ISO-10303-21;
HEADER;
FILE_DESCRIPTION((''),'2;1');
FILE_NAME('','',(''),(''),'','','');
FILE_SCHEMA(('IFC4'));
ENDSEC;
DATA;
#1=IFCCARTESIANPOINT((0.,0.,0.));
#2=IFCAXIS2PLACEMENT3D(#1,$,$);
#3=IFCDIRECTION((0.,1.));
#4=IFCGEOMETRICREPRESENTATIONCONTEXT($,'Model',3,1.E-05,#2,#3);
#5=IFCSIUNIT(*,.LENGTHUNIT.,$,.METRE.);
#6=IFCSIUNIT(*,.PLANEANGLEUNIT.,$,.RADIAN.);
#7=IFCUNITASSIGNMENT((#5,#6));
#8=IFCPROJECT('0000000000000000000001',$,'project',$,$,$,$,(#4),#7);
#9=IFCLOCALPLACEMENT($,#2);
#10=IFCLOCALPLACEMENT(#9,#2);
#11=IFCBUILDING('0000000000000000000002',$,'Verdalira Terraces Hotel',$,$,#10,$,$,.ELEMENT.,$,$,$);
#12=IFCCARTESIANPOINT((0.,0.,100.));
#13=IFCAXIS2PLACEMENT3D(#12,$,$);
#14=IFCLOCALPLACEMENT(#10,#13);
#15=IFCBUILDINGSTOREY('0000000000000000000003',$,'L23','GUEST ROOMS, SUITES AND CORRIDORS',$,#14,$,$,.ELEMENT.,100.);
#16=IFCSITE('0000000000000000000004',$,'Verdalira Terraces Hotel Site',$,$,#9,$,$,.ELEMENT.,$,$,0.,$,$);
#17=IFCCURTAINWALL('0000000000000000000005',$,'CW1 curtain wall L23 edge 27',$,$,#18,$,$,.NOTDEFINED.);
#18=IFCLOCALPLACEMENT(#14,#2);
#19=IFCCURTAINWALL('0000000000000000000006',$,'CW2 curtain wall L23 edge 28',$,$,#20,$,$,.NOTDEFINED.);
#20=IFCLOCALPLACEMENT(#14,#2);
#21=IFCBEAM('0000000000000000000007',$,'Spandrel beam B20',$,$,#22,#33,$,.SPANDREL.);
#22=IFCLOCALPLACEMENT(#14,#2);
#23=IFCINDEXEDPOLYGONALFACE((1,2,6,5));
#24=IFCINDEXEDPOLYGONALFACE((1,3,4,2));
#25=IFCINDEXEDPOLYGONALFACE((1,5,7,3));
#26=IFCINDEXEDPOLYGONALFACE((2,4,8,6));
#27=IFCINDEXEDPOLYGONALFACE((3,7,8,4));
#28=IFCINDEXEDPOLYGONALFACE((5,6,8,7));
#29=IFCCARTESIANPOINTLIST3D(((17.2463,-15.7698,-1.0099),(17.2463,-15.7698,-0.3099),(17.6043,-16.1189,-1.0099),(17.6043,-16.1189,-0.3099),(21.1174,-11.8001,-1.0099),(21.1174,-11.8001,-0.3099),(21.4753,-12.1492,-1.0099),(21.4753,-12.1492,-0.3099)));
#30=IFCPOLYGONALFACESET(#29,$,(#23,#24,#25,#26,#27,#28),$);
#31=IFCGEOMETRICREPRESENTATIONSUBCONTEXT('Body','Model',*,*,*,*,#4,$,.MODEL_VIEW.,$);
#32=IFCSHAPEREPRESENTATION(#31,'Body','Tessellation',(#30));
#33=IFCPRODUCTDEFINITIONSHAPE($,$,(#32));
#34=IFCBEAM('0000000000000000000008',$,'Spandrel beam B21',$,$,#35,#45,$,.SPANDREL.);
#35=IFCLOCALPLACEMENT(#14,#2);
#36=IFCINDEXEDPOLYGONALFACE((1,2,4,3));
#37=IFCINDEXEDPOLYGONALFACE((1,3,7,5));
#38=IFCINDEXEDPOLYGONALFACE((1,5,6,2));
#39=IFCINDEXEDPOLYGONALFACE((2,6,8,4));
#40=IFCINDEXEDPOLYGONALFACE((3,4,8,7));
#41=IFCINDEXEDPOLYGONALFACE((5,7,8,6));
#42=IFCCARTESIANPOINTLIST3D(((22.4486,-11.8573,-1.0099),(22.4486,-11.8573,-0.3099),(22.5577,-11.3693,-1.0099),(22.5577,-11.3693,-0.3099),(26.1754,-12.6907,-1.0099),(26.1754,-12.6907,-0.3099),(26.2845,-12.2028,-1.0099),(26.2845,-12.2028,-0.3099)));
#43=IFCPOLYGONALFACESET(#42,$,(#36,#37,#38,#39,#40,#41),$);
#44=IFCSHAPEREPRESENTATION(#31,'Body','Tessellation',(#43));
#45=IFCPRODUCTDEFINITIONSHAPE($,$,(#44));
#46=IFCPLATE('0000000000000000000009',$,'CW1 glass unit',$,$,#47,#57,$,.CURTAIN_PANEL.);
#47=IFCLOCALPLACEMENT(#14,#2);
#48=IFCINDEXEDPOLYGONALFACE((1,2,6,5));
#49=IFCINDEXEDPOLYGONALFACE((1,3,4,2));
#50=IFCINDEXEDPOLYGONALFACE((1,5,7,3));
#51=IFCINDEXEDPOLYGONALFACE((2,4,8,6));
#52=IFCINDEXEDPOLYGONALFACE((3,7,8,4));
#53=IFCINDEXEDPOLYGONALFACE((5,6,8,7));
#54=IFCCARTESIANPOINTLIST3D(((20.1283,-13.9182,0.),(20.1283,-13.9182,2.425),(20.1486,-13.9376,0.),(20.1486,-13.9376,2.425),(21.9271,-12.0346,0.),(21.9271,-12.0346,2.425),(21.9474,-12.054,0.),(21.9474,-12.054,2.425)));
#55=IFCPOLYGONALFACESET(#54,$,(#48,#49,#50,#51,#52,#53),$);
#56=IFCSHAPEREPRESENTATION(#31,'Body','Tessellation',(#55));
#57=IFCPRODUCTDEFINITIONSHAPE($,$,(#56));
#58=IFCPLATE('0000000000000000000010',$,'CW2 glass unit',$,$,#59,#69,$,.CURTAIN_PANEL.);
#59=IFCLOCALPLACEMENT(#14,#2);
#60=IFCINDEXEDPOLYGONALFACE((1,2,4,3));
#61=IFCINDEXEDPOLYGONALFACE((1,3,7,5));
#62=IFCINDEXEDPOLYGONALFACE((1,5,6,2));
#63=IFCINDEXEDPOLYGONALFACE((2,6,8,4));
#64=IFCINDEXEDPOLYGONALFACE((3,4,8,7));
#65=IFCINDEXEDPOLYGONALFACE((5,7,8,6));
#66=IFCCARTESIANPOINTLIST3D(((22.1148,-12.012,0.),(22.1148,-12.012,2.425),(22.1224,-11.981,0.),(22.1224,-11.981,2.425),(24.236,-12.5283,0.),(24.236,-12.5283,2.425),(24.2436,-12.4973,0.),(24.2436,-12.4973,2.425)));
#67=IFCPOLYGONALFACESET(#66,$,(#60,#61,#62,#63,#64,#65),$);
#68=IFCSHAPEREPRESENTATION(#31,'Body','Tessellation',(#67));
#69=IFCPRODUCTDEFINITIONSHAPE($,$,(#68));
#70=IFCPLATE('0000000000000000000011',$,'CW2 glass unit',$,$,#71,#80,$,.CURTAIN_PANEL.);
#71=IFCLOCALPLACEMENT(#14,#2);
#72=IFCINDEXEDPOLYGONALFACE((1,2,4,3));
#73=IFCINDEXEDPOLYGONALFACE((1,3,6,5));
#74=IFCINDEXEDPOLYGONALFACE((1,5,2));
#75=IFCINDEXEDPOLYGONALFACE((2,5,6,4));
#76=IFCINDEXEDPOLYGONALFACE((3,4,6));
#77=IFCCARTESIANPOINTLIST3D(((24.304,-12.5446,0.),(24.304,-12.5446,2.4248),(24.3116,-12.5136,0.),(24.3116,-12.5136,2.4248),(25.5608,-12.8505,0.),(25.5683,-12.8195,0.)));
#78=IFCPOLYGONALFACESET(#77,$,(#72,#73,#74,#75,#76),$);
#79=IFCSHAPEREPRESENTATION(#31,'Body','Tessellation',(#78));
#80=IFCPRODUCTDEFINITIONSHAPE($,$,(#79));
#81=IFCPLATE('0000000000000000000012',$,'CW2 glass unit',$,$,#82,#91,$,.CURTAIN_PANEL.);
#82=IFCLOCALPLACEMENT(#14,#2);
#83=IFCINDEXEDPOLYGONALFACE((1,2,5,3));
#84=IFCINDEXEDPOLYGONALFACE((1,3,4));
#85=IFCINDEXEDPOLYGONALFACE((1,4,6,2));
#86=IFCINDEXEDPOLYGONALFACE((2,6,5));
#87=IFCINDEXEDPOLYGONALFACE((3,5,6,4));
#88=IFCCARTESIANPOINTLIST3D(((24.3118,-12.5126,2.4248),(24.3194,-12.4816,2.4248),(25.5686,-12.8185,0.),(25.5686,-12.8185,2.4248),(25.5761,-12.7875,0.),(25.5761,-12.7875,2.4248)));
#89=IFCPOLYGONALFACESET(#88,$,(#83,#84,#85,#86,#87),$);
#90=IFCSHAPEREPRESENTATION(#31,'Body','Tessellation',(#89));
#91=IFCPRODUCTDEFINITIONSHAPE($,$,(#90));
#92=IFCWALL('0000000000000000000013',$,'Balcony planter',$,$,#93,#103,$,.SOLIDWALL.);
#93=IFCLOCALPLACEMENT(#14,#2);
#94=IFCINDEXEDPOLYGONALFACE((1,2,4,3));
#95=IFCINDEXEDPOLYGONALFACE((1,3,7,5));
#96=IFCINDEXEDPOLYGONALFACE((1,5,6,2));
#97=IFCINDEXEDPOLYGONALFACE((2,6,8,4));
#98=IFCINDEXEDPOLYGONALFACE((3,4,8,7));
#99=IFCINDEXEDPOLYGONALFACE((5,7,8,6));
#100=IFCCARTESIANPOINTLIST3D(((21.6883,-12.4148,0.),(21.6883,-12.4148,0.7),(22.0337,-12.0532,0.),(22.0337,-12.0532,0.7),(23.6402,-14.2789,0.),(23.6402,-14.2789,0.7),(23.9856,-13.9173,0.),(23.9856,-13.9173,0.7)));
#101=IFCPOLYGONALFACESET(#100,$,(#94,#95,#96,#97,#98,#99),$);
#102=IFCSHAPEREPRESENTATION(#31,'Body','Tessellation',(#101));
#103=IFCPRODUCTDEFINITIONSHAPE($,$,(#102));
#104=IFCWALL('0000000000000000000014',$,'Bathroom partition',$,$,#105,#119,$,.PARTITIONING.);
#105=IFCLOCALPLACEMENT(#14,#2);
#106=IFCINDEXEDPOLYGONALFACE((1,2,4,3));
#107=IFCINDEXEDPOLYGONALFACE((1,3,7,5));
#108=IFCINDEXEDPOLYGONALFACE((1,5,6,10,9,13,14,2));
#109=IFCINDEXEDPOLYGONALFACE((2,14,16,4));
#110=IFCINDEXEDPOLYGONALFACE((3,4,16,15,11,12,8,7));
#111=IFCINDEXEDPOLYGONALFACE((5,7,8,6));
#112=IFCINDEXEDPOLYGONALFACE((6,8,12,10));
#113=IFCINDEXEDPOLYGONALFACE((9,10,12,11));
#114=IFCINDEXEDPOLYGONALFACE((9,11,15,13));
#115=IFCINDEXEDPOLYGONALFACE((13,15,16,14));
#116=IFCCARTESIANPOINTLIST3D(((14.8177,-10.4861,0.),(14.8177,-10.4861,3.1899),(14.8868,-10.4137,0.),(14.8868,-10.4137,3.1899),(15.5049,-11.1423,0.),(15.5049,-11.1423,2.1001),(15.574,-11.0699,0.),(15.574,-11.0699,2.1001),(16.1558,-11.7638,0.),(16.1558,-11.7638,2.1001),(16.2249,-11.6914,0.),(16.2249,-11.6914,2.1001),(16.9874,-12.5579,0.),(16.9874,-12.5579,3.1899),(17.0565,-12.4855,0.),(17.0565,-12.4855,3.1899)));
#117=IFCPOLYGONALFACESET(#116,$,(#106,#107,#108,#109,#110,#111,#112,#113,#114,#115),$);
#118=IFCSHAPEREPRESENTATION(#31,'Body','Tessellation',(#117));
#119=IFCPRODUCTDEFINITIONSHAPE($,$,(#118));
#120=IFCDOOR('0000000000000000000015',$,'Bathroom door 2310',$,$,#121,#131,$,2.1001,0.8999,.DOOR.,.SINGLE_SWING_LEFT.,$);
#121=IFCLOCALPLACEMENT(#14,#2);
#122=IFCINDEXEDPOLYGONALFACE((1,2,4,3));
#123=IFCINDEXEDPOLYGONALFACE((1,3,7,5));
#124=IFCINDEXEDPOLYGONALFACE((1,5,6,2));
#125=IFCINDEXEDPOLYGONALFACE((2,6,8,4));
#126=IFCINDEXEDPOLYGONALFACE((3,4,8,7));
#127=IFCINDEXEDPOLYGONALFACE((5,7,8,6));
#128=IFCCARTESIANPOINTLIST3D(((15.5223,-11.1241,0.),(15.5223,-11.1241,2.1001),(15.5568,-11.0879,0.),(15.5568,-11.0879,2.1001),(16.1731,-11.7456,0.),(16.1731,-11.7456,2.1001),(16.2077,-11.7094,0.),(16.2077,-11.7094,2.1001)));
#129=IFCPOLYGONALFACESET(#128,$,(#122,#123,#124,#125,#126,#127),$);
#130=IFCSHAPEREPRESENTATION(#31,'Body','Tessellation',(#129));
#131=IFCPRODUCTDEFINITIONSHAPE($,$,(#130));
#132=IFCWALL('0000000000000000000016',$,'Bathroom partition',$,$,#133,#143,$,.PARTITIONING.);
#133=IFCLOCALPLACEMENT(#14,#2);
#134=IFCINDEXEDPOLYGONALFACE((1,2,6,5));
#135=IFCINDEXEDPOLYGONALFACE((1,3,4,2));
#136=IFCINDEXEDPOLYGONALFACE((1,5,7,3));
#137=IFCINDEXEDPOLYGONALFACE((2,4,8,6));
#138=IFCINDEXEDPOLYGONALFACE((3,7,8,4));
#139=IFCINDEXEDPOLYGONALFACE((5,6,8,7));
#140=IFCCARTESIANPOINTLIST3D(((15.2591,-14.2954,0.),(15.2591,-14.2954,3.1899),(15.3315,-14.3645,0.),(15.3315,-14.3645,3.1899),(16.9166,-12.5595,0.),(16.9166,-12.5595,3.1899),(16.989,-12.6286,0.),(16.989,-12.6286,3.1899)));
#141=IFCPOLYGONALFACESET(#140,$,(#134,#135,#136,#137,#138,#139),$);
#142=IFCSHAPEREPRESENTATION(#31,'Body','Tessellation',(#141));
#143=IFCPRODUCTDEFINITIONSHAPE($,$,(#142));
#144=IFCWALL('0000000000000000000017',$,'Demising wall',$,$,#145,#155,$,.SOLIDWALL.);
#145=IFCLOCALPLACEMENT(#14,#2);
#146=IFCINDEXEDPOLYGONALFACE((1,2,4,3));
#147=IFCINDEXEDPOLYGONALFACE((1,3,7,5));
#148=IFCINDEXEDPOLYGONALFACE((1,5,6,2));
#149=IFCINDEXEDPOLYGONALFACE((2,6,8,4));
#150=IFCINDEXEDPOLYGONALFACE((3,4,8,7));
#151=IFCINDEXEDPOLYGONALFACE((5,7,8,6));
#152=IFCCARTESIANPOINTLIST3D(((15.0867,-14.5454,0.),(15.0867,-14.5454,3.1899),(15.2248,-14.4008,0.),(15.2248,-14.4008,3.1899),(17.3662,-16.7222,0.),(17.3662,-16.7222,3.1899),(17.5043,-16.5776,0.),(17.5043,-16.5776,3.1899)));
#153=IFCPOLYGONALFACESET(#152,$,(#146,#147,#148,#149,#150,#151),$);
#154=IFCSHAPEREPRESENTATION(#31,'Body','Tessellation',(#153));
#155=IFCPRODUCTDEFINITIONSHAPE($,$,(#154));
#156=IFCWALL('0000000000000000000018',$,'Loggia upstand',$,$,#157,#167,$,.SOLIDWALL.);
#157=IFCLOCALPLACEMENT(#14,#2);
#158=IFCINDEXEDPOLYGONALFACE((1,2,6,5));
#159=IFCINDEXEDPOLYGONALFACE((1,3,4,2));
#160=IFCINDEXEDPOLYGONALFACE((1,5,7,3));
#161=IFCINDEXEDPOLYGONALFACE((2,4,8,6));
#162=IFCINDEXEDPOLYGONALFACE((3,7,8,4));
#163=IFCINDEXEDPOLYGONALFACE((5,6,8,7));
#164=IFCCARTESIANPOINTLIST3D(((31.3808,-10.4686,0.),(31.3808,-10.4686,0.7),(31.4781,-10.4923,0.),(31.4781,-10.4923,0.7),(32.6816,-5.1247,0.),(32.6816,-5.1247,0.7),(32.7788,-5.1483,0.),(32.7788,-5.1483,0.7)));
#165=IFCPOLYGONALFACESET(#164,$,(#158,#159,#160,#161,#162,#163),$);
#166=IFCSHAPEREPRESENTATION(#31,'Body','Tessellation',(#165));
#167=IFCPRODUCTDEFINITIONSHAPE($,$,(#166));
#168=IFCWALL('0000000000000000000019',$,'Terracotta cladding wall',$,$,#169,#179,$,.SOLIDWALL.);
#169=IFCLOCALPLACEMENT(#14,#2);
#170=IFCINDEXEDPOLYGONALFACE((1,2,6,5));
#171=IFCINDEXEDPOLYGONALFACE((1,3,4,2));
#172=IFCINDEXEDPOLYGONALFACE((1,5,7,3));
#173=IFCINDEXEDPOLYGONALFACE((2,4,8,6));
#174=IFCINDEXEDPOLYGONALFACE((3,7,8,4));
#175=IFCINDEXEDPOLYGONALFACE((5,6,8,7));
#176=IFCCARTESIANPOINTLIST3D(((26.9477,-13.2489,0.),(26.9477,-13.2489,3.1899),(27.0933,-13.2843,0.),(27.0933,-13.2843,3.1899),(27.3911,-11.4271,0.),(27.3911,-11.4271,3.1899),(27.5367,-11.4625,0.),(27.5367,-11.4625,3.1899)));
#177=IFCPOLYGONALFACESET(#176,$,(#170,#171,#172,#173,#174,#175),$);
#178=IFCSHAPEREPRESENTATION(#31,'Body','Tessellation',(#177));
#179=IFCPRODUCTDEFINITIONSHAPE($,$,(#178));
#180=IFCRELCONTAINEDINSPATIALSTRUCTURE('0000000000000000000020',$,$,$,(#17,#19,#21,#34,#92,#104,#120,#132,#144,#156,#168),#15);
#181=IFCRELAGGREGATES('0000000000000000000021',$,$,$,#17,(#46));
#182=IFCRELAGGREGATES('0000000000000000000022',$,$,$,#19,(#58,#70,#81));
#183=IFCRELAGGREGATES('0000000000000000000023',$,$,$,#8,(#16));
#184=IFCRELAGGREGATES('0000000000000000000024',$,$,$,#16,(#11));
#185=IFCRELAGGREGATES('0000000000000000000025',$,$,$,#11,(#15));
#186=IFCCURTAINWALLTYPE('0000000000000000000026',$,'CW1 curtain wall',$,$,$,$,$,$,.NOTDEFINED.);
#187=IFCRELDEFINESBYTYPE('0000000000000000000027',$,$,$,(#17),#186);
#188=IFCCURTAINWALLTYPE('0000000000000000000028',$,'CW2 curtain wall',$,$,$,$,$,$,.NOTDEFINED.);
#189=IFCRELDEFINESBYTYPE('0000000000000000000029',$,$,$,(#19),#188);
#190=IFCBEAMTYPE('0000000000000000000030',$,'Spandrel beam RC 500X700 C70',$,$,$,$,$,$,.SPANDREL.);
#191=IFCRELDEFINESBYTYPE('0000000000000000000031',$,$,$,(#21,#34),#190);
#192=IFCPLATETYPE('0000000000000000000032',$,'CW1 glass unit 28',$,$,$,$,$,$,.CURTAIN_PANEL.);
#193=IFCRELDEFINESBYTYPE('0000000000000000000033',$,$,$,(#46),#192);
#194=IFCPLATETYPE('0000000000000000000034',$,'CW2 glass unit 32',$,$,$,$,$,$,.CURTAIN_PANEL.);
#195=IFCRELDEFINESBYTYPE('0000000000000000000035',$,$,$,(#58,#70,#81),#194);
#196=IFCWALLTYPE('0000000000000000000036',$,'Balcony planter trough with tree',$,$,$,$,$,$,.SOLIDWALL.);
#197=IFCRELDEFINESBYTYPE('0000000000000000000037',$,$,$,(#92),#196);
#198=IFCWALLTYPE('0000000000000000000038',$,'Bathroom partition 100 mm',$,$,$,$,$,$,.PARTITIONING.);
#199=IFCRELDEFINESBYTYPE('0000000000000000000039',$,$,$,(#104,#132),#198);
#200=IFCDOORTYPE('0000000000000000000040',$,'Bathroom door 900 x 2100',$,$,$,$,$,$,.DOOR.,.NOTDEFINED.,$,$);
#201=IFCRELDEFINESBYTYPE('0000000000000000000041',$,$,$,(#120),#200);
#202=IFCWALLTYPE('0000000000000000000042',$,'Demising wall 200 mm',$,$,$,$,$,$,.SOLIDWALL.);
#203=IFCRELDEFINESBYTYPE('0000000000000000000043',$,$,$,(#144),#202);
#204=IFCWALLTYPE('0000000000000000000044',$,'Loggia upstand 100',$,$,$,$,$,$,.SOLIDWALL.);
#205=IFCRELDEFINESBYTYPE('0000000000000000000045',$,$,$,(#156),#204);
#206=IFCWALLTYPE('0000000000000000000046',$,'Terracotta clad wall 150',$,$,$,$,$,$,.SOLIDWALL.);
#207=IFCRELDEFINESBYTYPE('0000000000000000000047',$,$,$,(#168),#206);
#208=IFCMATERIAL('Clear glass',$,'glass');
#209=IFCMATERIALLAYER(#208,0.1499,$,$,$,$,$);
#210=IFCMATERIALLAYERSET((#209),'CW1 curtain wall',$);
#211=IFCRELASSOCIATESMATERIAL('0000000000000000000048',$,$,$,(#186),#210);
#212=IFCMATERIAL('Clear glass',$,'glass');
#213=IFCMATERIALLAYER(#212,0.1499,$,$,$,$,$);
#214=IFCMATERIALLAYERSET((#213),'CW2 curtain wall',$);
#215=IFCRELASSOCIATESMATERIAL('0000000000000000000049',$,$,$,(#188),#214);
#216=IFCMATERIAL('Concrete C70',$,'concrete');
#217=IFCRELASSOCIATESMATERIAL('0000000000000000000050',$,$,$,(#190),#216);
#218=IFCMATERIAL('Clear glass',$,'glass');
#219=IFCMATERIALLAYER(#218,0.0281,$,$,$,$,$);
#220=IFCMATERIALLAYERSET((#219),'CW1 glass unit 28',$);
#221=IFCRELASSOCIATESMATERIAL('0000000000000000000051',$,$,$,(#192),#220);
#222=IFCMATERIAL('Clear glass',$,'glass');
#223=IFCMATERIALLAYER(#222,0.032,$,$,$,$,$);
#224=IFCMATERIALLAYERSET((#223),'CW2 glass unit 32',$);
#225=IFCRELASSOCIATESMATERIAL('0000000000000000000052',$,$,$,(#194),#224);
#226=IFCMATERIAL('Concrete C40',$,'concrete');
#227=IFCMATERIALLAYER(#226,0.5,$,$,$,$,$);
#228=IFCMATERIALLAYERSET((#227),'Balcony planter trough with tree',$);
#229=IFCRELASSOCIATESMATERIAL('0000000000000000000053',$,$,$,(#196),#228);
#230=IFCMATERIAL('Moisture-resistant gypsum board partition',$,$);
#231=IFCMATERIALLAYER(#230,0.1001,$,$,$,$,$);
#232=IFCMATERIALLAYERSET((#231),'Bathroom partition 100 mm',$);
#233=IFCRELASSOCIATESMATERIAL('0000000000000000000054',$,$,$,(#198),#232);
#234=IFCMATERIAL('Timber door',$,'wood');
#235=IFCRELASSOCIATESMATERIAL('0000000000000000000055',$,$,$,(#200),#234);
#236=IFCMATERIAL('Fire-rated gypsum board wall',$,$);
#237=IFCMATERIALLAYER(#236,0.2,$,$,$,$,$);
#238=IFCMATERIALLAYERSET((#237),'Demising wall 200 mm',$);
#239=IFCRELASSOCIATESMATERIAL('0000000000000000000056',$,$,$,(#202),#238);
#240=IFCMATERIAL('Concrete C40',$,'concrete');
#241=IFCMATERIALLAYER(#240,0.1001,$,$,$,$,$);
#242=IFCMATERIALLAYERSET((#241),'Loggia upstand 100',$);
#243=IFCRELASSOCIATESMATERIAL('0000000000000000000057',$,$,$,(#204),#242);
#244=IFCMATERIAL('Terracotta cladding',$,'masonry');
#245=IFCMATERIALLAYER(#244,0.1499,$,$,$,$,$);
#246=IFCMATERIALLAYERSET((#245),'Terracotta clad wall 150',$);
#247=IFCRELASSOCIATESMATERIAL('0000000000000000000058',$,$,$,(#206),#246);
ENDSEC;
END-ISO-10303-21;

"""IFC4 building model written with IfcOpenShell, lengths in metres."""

from ifc_helpers import new_model, si_unit, direction, frame, frame_2d, origin, origin_2d, place, context, subcontext, project, spatial, polyline, rectangle, outline, extrude, material, layer, layer_set, material_profile, profile_set, type_object, element, fill, aggregate, save


model = new_model("IFC4")

# Units and contexts
model_context = context("Model", 3, precision=1e-05, world=origin(), true_north=direction((0.0, 1.0)))
body_context = subcontext(model_context, "Body", "Model", "MODEL_VIEW")
ifc_project = project(units=[si_unit("LENGTHUNIT", "METRE"), si_unit("PLANEANGLEUNIT", "RADIAN")], contexts=[model_context])

# Site, building, storey
site_placement = place(None, origin())
site = spatial("IfcSite", under=ifc_project, at=site_placement, Name="Verdalira Terraces Hotel Site", CompositionType="ELEMENT", RefElevation=0.0)
building_placement = place(site_placement, origin())
building = spatial("IfcBuilding", under=site, at=building_placement, Name="Verdalira Terraces Hotel", CompositionType="ELEMENT")
storey_placement = place(building_placement, frame((0.0, 0.0, 100.0)))
storey = spatial("IfcBuildingStorey", under=building, at=storey_placement, Name="L23", Description="GUEST ROOMS, SUITES AND CORRIDORS", CompositionType="ELEMENT", Elevation=100.0)

# Curtain wall
ifc_material_1 = material(Name="Clear glass", Category="glass")
ifc_layer_1 = layer(ifc_material_1, 0.1499)
ifc_layer_set_1 = layer_set([ifc_layer_1], Name="CW1 curtain wall")
curtain_wall_type_1 = type_object("IfcCurtainWallType", Name="CW1 curtain wall", PredefinedType="NOTDEFINED", material=ifc_layer_set_1)
curtain_wall_1_placement = place(storey_placement, origin())
curtain_wall_1 = element("IfcCurtainWall", 1, at=curtain_wall_1_placement, inside=storey, type_object=curtain_wall_type_1, Name="CW1 curtain wall L23 edge 27", PredefinedType="NOTDEFINED")

# Curtain wall
ifc_material_2 = material(Name="Clear glass", Category="glass")
ifc_layer_2 = layer(ifc_material_2, 0.1499)
ifc_layer_set_2 = layer_set([ifc_layer_2], Name="CW2 curtain wall")
curtain_wall_type_2 = type_object("IfcCurtainWallType", Name="CW2 curtain wall", PredefinedType="NOTDEFINED", material=ifc_layer_set_2)
curtain_wall_2_placement = place(storey_placement, origin())
curtain_wall_2 = element("IfcCurtainWall", 2, at=curtain_wall_2_placement, inside=storey, type_object=curtain_wall_type_2, Name="CW2 curtain wall L23 edge 28", PredefinedType="NOTDEFINED")

# Beams
ifc_material_3 = material(Name="Concrete C70", Category="concrete")
ifc_material_profile_1 = material_profile(ifc_material_3, rectangle(XDim=0.5, YDim=0.7, at=origin_2d()), Name="RC 500X700")
ifc_profile_set_1 = profile_set([ifc_material_profile_1], Name="Concrete C70")
beam_type_1 = type_object("IfcBeamType", Name="Spandrel beam RC 500X700 C70", PredefinedType="SPANDREL", material=ifc_profile_set_1)
beam_1_placement = place(storey_placement, frame((17.4253, -15.9443, -0.6599), z_axis=(0.698157, 0.715945, 0.0), x_axis=(-0.715945, 0.698157, 0.0)))
element("IfcBeam", 3, at=beam_1_placement, inside=storey, type_object=beam_type_1, Name="Spandrel beam B20", PredefinedType="SPANDREL", context=body_context, shape_type="SweptSolid", body=[
    extrude(rectangle(XDim=0.5, YDim=0.7, at=origin_2d()), origin(), (0.0, 0.0, 1.0), 5.5447),
])
beam_2_placement = place(storey_placement, frame((22.5032, -11.6133, -0.6599), z_axis=(0.975891, -0.218257, 0.0), x_axis=(0.218257, 0.975891, 0.0)))
element("IfcBeam", 4, at=beam_2_placement, inside=storey, type_object=beam_type_1, Name="Spandrel beam B21", PredefinedType="SPANDREL", context=body_context, shape_type="SweptSolid", body=[
    extrude(rectangle(XDim=0.5, YDim=0.7, at=origin_2d()), origin(), (0.0, 0.0, 1.0), 3.8188),
])

# Plates
ifc_material_4 = material(Name="Clear glass", Category="glass")
ifc_layer_3 = layer(ifc_material_4, 0.0281)
ifc_layer_set_3 = layer_set([ifc_layer_3], Name="CW1 glass unit 28")
plate_type_1 = type_object("IfcPlateType", Name="CW1 glass unit 28", PredefinedType="CURTAIN_PANEL", material=ifc_layer_set_3)
plate_1_placement = place(storey_placement, frame((21.0378, -12.9861, 0.0), z_axis=(0.0, 0.0, 1.0), x_axis=(0.69063, 0.723208, 0.0)))
plate_1 = element("IfcPlate", 5, at=plate_1_placement, type_object=plate_type_1, Name="CW1 glass unit", PredefinedType="CURTAIN_PANEL", context=body_context, shape_type="SweptSolid", body=[
    extrude(rectangle(XDim=2.6045, YDim=0.0281, at=origin_2d()), origin(), (0.0, 0.0, 1.0), 2.425),
])
aggregate(curtain_wall_1, [plate_1])
ifc_material_5 = material(Name="Clear glass", Category="glass")
ifc_layer_4 = layer(ifc_material_5, 0.032)
ifc_layer_set_4 = layer_set([ifc_layer_4], Name="CW2 glass unit 32")
plate_type_2 = type_object("IfcPlateType", Name="CW2 glass unit 32", PredefinedType="CURTAIN_PANEL", material=ifc_layer_set_4)
plate_2_placement = place(storey_placement, frame((23.1792, -12.2546, 0.0), z_axis=(0.0, 0.0, 1.0), x_axis=(0.971632, -0.236499, 0.0)))
plate_2 = element("IfcPlate", 6, at=plate_2_placement, type_object=plate_type_2, Name="CW2 glass unit", PredefinedType="CURTAIN_PANEL", context=body_context, shape_type="SweptSolid", body=[
    extrude(rectangle(XDim=2.1831, YDim=0.032, at=origin_2d()), origin(), (0.0, 0.0, 1.0), 2.425),
])
plate_3_placement = place(storey_placement, frame((24.9399, -12.6665, 1.2124), z_axis=(-0.236499, -0.971632, 0.0), x_axis=(0.971632, -0.236499, 0.0)))
plate_3 = element("IfcPlate", 7, at=plate_3_placement, type_object=plate_type_2, Name="CW2 glass unit", PredefinedType="CURTAIN_PANEL", context=body_context, shape_type="SweptSolid", body=[
    extrude(outline(polyline([(-0.6467, -1.2124), (0.6467, -1.2124), (-0.6467, 1.2124), (-0.6467, -1.2124)])), origin(), (0.0, 0.0, 1.0), 0.032),
])
plate_4_placement = place(storey_placement, frame((24.9478, -12.6345, 1.2124), z_axis=(-0.236499, -0.971632, 0.0), x_axis=(0.971632, -0.236499, 0.0)))
plate_4 = element("IfcPlate", 8, at=plate_4_placement, type_object=plate_type_2, Name="CW2 glass unit", PredefinedType="CURTAIN_PANEL", context=body_context, shape_type="SweptSolid", body=[
    extrude(outline(polyline([(0.6467, -1.2124), (0.6467, 1.2124), (-0.6467, 1.2124), (0.6467, -1.2124)])), origin(), (0.0, 0.0, 1.0), 0.032),
])
aggregate(curtain_wall_2, [plate_2, plate_3, plate_4])

# Wall
ifc_material_6 = material(Name="Concrete C40", Category="concrete")
ifc_layer_5 = layer(ifc_material_6, 0.5)
ifc_layer_set_5 = layer_set([ifc_layer_5], Name="Balcony planter trough with tree")
wall_type_1 = type_object("IfcWallType", Name="Balcony planter trough with tree", PredefinedType="SOLIDWALL", material=ifc_layer_set_5)
wall_1_placement = place(storey_placement, frame((23.813, -14.0981, 0.0), z_axis=(0.0, 0.0, 1.0), x_axis=(-0.723202, 0.690637, 0.0)))
element("IfcWall", 9, at=wall_1_placement, inside=storey, type_object=wall_type_1, Name="Balcony planter", PredefinedType="SOLIDWALL", context=body_context, shape_type="SweptSolid", body=[
    extrude(rectangle(XDim=2.699, YDim=0.5, at=frame_2d((1.3496, 0.0))), origin(), (0.0, 0.0, 1.0), 0.7),
])

# Wall, opening, door
ifc_material_7 = material(Name="Moisture-resistant gypsum board partition")
ifc_layer_6 = layer(ifc_material_7, 0.1001)
ifc_layer_set_6 = layer_set([ifc_layer_6], Name="Bathroom partition 100 mm")
wall_type_2 = type_object("IfcWallType", Name="Bathroom partition 100 mm", PredefinedType="PARTITIONING", material=ifc_layer_set_6)
wall_2_placement = place(storey_placement, frame((17.022, -12.5217, 0.0), z_axis=(0.0, 0.0, 1.0), x_axis=(-0.723235, 0.690602, 0.0)))
wall_2 = element("IfcWall", 10, at=wall_2_placement, inside=storey, type_object=wall_type_2, Name="Bathroom partition", PredefinedType="PARTITIONING", context=body_context, shape_type="SweptSolid", body=[
    extrude(rectangle(XDim=3.0, YDim=0.1001, at=frame_2d((1.5, 0.0))), origin(), (0.0, 0.0, 1.0), 3.1899),
])
opening_1_placement = place(wall_2_placement, frame((1.1499, 0.0, 0.0)))
opening_1 = element("IfcOpeningElement", 11, at=opening_1_placement, cuts=wall_2, PredefinedType="OPENING", context=body_context, shape_type="SweptSolid", body=[
    extrude(rectangle(XDim=0.8999, YDim=2.1001, at=frame_2d((0.45, 1.05))), frame((0.0, 0.0601, 0.0), z_axis=(0.0, -1.0, 0.0), x_axis=(1.0, 0.0, 0.0)), (0.0, 0.0, 1.0), 0.1201),
])
ifc_material_8 = material(Name="Timber door", Category="wood")
door_type_1 = type_object("IfcDoorType", Name="Bathroom door 900 x 2100", OperationType="NOTDEFINED", PredefinedType="DOOR", material=ifc_material_8)
door_1_placement = place(opening_1_placement, origin())
door_1 = element("IfcDoor", 12, at=door_1_placement, inside=storey, type_object=door_type_1, Name="Bathroom door 2310", OperationType="SINGLE_SWING_LEFT", OverallHeight=2.1001, OverallWidth=0.8999, PredefinedType="DOOR", context=body_context, shape_type="SweptSolid", body=[
    extrude(rectangle(XDim=0.8999, YDim=2.1001, at=frame_2d((0.45, 1.05))), frame((0.0, 0.0249, 0.0), z_axis=(0.0, -1.0, 0.0), x_axis=(1.0, 0.0, 0.0)), (0.0, 0.0, 1.0), 0.05),
])
fill(opening_1, door_1)

# Walls
wall_3_placement = place(storey_placement, frame((16.9529, -12.594, 0.0), z_axis=(0.0, 0.0, 1.0), x_axis=(-0.690592, -0.723245, 0.0)))
element("IfcWall", 13, at=wall_3_placement, inside=storey, type_object=wall_type_2, Name="Bathroom partition", PredefinedType="PARTITIONING", context=body_context, shape_type="SweptSolid", body=[
    extrude(rectangle(XDim=2.4001, YDim=0.1001, at=frame_2d((1.2002, 0.0))), origin(), (0.0, 0.0, 1.0), 3.1899),
])
ifc_material_9 = material(Name="Fire-rated gypsum board wall")
ifc_layer_7 = layer(ifc_material_9, 0.2)
ifc_layer_set_7 = layer_set([ifc_layer_7], Name="Demising wall 200 mm")
wall_type_3 = type_object("IfcWallType", Name="Demising wall 200 mm", PredefinedType="SOLIDWALL", material=ifc_layer_set_7)
wall_4_placement = place(storey_placement, frame((15.1558, -14.4731, 0.0), z_axis=(0.0, 0.0, 1.0), x_axis=(0.723224, -0.690614, 0.0)))
element("IfcWall", 14, at=wall_4_placement, inside=storey, type_object=wall_type_3, Name="Demising wall", PredefinedType="SOLIDWALL", context=body_context, shape_type="SweptSolid", body=[
    extrude(rectangle(XDim=3.1519, YDim=0.2, at=frame_2d((1.5759, 0.0))), origin(), (0.0, 0.0, 1.0), 3.1899),
])
ifc_material_10 = material(Name="Concrete C40", Category="concrete")
ifc_layer_8 = layer(ifc_material_10, 0.1001)
ifc_layer_set_8 = layer_set([ifc_layer_8], Name="Loggia upstand 100")
wall_type_4 = type_object("IfcWallType", Name="Loggia upstand 100", PredefinedType="SOLIDWALL", material=ifc_layer_set_8)
wall_5_placement = place(storey_placement, frame((31.4294, -10.4805, 0.0), z_axis=(0.0, 0.0, 1.0), x_axis=(0.236504, 0.97163, 0.0)))
element("IfcWall", 15, at=wall_5_placement, inside=storey, type_object=wall_type_4, Name="Loggia upstand", PredefinedType="SOLIDWALL", context=body_context, shape_type="SweptSolid", body=[
    extrude(rectangle(XDim=5.5, YDim=0.1001, at=frame_2d((2.75, 0.0))), origin(), (0.0, 0.0, 1.0), 0.7),
])
ifc_material_11 = material(Name="Terracotta cladding", Category="masonry")
ifc_layer_9 = layer(ifc_material_11, 0.1499)
ifc_layer_set_9 = layer_set([ifc_layer_9], Name="Terracotta clad wall 150")
wall_type_5 = type_object("IfcWallType", Name="Terracotta clad wall 150", PredefinedType="SOLIDWALL", material=ifc_layer_set_9)
wall_6_placement = place(storey_placement, frame((27.0205, -13.2666, 0.0), z_axis=(0.0, 0.0, 1.0), x_axis=(0.236465, 0.97164, 0.0)))
element("IfcWall", 16, at=wall_6_placement, inside=storey, type_object=wall_type_5, Name="Terracotta cladding wall", PredefinedType="SOLIDWALL", context=body_context, shape_type="SweptSolid", body=[
    extrude(rectangle(XDim=1.875, YDim=0.1499, at=frame_2d((0.9375, 0.0))), origin(), (0.0, 0.0, 1.0), 3.1899),
])

save(model, "model.ifc")
